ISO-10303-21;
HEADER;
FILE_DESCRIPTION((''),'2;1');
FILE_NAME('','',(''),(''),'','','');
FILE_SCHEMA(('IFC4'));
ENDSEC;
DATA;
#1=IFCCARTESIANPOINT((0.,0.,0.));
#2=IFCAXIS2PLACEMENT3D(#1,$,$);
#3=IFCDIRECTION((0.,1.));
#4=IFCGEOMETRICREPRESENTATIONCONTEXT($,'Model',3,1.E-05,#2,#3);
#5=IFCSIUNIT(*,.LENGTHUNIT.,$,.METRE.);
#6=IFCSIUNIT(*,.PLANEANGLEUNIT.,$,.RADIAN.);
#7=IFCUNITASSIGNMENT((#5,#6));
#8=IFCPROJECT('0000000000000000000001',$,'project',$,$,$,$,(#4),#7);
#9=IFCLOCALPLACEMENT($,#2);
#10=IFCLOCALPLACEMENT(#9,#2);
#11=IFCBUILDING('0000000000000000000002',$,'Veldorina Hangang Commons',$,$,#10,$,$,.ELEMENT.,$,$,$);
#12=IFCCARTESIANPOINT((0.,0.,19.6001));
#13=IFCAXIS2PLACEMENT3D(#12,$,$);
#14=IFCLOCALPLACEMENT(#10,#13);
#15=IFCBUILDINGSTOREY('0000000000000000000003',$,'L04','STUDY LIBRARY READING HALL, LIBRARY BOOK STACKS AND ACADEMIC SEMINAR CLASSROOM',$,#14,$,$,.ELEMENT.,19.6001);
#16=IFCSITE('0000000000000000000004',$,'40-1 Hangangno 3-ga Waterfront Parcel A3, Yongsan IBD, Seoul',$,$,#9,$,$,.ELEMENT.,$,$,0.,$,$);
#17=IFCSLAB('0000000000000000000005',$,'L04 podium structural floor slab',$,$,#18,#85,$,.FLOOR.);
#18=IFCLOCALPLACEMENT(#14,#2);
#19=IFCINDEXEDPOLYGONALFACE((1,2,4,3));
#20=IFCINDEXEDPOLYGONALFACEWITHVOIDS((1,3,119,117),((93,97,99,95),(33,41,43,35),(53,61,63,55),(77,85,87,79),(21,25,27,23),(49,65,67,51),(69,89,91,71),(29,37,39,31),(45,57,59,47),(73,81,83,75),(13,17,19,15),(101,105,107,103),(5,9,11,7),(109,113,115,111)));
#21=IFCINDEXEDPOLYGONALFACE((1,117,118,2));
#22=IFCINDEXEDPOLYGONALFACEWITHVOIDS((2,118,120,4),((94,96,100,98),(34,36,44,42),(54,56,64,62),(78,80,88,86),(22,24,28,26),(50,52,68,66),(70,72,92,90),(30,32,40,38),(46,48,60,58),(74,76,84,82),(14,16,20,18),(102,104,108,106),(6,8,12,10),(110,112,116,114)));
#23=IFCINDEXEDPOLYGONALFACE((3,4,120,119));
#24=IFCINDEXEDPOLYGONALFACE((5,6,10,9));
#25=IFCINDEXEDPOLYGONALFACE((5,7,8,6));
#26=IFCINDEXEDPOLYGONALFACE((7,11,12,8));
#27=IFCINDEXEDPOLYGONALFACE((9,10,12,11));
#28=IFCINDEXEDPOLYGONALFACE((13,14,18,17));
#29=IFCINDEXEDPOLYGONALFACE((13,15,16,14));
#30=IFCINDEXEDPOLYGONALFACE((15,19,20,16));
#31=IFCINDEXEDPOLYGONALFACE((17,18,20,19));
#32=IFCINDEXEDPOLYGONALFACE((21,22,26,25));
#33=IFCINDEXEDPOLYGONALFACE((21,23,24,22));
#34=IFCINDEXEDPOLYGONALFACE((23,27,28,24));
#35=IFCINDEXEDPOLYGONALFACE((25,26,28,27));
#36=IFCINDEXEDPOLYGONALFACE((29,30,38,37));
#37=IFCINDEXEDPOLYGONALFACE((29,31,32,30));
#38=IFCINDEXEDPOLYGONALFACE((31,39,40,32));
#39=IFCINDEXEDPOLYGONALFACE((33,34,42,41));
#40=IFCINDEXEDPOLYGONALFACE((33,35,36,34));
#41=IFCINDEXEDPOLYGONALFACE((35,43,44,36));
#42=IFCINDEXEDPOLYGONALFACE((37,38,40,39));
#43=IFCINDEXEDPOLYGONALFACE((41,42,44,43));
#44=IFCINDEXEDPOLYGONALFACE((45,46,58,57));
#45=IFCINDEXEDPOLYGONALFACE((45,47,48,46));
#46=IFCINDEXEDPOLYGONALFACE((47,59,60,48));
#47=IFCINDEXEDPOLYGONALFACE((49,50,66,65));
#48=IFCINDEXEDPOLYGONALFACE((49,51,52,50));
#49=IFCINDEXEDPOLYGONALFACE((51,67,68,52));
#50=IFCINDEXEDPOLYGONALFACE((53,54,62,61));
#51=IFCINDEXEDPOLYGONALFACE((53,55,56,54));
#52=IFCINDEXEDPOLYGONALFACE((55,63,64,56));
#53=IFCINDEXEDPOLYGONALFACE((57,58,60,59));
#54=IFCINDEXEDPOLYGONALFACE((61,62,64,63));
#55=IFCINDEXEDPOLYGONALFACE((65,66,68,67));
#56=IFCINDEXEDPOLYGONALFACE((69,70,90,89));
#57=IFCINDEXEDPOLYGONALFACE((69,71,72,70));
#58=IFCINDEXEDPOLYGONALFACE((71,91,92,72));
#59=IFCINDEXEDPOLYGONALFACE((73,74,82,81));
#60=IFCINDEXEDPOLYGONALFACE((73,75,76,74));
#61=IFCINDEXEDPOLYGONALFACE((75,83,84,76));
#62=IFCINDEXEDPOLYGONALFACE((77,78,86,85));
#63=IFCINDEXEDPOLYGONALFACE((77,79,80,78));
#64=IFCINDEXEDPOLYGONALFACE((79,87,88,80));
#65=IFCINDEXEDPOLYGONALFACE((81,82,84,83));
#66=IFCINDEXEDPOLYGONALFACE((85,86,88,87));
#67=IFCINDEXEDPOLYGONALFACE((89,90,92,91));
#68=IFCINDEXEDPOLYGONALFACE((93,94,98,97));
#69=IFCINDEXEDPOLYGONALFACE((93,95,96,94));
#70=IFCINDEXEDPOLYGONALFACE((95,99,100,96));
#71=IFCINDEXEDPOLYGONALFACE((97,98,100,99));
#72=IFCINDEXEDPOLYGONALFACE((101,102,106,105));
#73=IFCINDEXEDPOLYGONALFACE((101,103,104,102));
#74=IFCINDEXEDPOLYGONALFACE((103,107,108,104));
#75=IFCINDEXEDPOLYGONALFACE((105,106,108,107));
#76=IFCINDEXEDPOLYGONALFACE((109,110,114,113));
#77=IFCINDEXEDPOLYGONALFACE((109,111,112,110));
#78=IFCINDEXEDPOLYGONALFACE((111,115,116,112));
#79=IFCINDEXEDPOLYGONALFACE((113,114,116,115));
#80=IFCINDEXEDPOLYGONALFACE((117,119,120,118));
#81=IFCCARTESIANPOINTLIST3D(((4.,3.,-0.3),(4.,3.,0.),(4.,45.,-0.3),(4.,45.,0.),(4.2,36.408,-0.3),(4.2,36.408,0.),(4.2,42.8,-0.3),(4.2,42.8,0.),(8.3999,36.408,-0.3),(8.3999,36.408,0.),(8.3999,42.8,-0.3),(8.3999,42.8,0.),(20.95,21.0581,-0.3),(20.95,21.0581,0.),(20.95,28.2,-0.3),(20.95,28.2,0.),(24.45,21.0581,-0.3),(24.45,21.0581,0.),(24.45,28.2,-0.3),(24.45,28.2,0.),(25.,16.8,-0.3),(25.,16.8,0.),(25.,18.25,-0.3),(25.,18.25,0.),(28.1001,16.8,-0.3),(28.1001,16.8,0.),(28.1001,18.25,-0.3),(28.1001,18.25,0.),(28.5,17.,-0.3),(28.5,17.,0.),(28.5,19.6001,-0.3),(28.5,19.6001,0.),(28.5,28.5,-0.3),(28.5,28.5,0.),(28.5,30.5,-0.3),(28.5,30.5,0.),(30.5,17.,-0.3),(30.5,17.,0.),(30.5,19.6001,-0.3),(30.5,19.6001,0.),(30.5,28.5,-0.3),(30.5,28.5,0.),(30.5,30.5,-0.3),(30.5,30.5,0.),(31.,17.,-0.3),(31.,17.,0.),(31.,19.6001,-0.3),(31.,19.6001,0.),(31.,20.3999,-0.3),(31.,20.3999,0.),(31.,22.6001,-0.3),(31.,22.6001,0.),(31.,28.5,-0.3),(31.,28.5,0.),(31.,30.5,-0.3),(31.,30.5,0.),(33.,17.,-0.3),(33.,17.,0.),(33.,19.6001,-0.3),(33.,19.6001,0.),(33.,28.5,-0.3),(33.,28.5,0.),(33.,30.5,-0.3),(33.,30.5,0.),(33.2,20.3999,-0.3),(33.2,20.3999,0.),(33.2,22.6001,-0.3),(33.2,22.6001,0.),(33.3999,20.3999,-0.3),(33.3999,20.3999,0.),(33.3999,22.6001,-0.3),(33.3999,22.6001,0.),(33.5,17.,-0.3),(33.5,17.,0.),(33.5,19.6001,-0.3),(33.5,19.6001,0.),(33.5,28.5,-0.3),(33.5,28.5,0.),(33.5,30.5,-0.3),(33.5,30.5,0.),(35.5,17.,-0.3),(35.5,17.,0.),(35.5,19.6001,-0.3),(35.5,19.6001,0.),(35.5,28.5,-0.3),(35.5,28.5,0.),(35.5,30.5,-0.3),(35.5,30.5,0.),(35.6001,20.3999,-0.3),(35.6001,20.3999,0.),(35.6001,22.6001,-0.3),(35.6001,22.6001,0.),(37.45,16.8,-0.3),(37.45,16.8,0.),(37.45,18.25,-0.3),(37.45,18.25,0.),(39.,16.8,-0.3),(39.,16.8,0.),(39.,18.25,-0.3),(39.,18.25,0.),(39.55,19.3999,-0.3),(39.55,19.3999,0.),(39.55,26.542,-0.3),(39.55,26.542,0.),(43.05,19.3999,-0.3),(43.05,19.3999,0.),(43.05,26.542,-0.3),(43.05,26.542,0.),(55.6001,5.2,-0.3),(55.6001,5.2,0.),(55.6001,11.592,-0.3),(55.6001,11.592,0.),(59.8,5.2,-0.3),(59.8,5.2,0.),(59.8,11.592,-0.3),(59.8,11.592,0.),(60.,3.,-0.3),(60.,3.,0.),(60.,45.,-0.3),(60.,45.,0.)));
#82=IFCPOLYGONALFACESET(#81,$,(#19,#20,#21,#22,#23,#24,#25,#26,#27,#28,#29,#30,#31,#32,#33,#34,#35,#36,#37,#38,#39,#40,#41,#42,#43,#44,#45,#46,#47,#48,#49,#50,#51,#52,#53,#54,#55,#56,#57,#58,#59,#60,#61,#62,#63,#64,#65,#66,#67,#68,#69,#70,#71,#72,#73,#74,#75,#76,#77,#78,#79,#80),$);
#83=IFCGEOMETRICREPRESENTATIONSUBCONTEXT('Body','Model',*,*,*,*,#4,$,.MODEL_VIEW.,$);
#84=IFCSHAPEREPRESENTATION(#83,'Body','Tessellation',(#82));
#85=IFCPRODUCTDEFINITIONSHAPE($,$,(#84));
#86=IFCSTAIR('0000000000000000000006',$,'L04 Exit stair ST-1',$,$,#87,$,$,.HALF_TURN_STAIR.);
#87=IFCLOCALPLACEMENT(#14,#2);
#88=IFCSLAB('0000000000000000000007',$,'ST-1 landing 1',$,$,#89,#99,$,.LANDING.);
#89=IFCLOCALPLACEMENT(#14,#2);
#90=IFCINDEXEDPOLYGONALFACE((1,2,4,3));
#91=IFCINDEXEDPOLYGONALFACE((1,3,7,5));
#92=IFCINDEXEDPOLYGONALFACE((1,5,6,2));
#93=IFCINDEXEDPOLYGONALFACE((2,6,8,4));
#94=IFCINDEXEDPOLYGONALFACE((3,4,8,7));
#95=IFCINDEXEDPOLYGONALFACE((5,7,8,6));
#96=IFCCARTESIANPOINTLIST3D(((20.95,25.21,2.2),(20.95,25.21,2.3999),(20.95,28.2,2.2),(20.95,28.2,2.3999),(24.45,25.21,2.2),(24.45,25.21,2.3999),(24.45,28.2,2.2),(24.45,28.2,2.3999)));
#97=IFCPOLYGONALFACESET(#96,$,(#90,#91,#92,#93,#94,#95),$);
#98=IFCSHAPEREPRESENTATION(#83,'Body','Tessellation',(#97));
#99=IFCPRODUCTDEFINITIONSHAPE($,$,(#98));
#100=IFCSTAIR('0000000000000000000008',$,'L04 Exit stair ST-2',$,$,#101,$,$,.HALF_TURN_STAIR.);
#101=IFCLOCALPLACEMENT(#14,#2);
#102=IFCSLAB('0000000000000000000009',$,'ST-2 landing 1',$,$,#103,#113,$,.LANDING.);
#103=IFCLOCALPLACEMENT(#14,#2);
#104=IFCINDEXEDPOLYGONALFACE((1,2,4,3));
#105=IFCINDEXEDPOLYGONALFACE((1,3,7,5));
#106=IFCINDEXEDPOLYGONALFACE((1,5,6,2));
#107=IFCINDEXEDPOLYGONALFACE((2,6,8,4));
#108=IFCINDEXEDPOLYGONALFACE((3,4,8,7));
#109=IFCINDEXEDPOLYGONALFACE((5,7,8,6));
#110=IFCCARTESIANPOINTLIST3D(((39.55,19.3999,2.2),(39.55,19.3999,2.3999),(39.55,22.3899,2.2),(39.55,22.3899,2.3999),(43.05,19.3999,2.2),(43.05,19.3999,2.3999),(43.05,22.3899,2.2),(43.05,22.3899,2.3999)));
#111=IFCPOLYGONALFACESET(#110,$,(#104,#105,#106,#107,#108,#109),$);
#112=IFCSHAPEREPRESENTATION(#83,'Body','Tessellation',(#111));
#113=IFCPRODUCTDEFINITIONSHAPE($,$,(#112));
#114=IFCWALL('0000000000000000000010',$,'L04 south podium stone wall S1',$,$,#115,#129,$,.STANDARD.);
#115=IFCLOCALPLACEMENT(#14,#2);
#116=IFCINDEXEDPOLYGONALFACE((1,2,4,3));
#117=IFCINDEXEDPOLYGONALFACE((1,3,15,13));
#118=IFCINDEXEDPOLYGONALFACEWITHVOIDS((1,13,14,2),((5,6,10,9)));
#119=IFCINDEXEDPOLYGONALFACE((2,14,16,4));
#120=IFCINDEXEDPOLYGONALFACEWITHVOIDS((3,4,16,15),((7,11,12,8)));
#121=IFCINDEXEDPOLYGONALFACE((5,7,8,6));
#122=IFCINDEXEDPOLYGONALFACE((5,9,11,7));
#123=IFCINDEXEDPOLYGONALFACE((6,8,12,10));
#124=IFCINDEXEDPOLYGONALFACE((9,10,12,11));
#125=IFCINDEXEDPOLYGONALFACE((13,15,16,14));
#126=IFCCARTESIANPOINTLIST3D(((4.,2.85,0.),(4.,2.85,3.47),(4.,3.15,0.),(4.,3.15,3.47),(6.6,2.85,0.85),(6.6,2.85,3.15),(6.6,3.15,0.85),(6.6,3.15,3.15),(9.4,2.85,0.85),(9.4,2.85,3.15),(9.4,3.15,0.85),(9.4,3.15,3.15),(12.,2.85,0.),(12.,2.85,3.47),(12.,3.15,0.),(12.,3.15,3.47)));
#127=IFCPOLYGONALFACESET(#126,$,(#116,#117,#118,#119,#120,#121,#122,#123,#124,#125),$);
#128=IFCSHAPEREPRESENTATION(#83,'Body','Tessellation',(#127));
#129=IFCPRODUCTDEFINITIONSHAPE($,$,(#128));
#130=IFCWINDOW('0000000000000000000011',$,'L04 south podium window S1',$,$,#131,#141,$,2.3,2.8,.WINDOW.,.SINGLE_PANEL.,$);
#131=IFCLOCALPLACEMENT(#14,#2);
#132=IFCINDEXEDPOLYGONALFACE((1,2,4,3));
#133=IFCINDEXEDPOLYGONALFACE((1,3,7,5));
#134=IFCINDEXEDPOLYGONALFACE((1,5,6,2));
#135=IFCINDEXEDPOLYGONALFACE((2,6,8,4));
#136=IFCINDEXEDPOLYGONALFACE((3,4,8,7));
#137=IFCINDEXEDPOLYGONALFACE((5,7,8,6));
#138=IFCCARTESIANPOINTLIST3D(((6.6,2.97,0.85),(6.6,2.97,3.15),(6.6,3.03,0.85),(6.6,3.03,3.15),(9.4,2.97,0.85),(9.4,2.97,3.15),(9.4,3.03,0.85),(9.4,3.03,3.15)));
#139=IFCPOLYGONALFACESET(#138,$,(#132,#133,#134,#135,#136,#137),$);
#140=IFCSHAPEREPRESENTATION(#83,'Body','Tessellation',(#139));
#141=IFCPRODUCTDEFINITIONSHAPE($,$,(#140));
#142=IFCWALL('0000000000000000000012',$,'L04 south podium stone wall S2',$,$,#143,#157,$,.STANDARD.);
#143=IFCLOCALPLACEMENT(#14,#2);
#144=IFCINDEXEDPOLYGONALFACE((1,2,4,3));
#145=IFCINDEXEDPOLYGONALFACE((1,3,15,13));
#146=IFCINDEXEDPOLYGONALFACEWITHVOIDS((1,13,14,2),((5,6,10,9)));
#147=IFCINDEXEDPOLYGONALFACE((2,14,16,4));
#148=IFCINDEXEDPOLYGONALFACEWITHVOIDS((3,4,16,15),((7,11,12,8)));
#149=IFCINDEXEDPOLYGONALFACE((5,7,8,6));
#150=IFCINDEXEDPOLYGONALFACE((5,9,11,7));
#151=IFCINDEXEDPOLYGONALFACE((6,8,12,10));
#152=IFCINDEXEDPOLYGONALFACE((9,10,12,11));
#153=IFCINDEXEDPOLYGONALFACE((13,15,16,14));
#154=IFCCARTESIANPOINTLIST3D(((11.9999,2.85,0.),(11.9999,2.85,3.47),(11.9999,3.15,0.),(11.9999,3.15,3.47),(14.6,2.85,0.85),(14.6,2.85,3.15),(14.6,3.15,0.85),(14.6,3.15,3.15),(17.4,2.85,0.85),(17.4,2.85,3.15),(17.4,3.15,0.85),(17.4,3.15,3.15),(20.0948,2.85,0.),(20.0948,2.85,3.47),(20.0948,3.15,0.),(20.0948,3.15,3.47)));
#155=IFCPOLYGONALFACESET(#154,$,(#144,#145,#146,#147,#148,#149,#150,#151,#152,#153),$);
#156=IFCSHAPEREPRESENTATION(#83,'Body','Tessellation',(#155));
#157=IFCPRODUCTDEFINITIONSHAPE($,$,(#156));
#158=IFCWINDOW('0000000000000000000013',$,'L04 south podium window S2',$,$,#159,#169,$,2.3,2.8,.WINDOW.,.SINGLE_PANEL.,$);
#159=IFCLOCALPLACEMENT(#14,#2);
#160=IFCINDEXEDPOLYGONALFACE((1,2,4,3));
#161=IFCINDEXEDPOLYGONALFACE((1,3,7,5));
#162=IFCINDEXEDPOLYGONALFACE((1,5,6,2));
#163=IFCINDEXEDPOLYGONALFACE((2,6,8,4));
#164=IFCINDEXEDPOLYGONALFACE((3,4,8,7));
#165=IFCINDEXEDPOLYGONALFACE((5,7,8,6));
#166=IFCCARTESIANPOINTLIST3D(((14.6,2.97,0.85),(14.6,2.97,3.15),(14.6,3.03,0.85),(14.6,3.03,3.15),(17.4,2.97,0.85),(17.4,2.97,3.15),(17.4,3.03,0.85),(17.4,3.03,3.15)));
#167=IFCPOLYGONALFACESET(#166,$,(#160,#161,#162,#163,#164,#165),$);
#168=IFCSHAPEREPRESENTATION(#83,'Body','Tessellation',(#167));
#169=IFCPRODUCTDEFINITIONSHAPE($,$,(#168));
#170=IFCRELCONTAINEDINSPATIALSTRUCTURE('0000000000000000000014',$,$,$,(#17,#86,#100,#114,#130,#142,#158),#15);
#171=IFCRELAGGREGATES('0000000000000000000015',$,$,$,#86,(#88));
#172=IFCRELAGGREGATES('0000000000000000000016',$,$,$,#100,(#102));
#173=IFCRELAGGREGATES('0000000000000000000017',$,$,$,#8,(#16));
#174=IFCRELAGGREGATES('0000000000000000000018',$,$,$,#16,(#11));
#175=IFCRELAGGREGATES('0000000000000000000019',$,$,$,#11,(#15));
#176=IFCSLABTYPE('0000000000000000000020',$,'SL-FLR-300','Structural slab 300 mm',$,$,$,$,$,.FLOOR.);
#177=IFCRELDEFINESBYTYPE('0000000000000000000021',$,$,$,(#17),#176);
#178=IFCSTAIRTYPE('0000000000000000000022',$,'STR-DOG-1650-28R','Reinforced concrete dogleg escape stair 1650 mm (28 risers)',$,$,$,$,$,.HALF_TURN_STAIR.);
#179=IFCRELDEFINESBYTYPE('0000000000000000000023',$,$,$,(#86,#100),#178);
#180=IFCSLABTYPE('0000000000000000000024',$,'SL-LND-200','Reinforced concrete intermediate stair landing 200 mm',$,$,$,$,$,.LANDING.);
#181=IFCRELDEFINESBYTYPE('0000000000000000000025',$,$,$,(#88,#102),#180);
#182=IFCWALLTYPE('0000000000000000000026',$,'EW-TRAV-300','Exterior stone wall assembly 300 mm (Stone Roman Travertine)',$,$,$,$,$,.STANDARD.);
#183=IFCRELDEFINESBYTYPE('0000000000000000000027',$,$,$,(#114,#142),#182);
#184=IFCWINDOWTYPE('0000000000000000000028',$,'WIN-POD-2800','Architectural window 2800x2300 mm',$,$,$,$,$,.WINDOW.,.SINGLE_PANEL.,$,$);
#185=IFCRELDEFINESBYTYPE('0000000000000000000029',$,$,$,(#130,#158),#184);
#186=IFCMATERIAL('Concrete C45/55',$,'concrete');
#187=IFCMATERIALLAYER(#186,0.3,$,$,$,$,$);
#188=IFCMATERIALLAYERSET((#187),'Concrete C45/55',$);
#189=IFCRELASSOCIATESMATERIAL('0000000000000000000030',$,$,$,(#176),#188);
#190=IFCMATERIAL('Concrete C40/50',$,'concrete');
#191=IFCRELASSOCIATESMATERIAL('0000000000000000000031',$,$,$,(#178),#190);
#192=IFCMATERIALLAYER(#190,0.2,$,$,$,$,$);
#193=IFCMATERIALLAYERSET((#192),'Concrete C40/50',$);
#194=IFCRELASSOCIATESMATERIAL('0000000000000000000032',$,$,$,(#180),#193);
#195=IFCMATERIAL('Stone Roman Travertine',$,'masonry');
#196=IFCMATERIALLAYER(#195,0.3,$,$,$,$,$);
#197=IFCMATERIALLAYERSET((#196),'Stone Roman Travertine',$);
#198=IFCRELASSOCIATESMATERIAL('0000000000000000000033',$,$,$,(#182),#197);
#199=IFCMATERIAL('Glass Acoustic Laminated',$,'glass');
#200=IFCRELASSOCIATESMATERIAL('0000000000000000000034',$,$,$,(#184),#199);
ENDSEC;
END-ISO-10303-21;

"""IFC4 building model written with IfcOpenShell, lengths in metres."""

from ifc_helpers import new_model, si_unit, direction, frame, frame_2d, origin, place, context, subcontext, project, spatial, polyline, rectangle, outline, extrude, material, layer, layer_set, type_object, element, fill, aggregate, save


model = new_model("IFC4")

# Units and contexts
model_context = context("Model", 3, precision=1e-05, world=origin(), true_north=direction((0.0, 1.0)))
body_context = subcontext(model_context, "Body", "Model", "MODEL_VIEW")
ifc_project = project(units=[si_unit("LENGTHUNIT", "METRE"), si_unit("PLANEANGLEUNIT", "RADIAN")], contexts=[model_context])

# Site, building, storey
site_placement = place(None, origin())
site = spatial("IfcSite", under=ifc_project, at=site_placement, Name="40-1 Hangangno 3-ga Waterfront Parcel A3, Yongsan IBD, Seoul", CompositionType="ELEMENT", RefElevation=0.0)
building_placement = place(site_placement, origin())
building = spatial("IfcBuilding", under=site, at=building_placement, Name="Veldorina Hangang Commons", CompositionType="ELEMENT")
storey_placement = place(building_placement, frame((0.0, 0.0, 19.6001)))
storey = spatial("IfcBuildingStorey", under=building, at=storey_placement, Name="L04", Description="STUDY LIBRARY READING HALL, LIBRARY BOOK STACKS AND ACADEMIC SEMINAR CLASSROOM", CompositionType="ELEMENT", Elevation=19.6001)

# Slab
ifc_material_1 = material(Name="Concrete C45/55", Category="concrete")
ifc_layer_1 = layer(ifc_material_1, 0.3)
ifc_layer_set_1 = layer_set([ifc_layer_1], Name="Concrete C45/55")
slab_type_1 = type_object("IfcSlabType", Name="SL-FLR-300", Description="Structural slab 300 mm", PredefinedType="FLOOR", material=ifc_layer_set_1)
slab_1_placement = place(storey_placement, frame((0.0, 0.0, -0.3)))
element("IfcSlab", 1, at=slab_1_placement, inside=storey, type_object=slab_type_1, Name="L04 podium structural floor slab", PredefinedType="FLOOR", context=body_context, shape_type="SweptSolid", body=[
    extrude(outline(polyline([(4.0, 3.0), (60.0, 3.0), (60.0, 45.0), (4.0, 45.0), (4.0, 3.0)]), holes=[polyline([(20.95, 21.0581), (20.95, 28.2), (24.45, 28.2), (24.45, 21.0581), (20.95, 21.0581)]), polyline([(43.05, 26.542), (43.05, 19.3999), (39.55, 19.3999), (39.55, 26.542), (43.05, 26.542)]), polyline([(4.2, 36.408), (4.2, 42.8), (8.3999, 42.8), (8.3999, 36.408), (4.2, 36.408)]), polyline([(59.8, 11.592), (59.8, 5.2), (55.6001, 5.2), (55.6001, 11.592), (59.8, 11.592)]), polyline([(28.5, 30.5), (30.5, 30.5), (30.5, 28.5), (28.5, 28.5), (28.5, 30.5)]), polyline([(31.0, 30.5), (33.0, 30.5), (33.0, 28.5), (31.0, 28.5), (31.0, 30.5)]), polyline([(33.5, 30.5), (35.5, 30.5), (35.5, 28.5), (33.5, 28.5), (33.5, 30.5)]), polyline([(31.0, 22.6001), (33.2, 22.6001), (33.2, 20.3999), (31.0, 20.3999), (31.0, 22.6001)]), polyline([(33.3999, 22.6001), (35.6001, 22.6001), (35.6001, 20.3999), (33.3999, 20.3999), (33.3999, 22.6001)]), polyline([(28.5, 19.6001), (30.5, 19.6001), (30.5, 17.0), (28.5, 17.0), (28.5, 19.6001)]), polyline([(31.0, 19.6001), (33.0, 19.6001), (33.0, 17.0), (31.0, 17.0), (31.0, 19.6001)]), polyline([(33.5, 19.6001), (35.5, 19.6001), (35.5, 17.0), (33.5, 17.0), (33.5, 19.6001)]), polyline([(25.0, 18.25), (28.1001, 18.25), (28.1001, 16.8), (25.0, 16.8), (25.0, 18.25)]), polyline([(37.45, 18.25), (39.0, 18.25), (39.0, 16.8), (37.45, 16.8), (37.45, 18.25)])]), origin(), (0.0, 0.0, 1.0), 0.3),
])

# Stairs, slabs
ifc_material_2 = material(Name="Concrete C40/50", Category="concrete")
stair_type = type_object("IfcStairType", Name="STR-DOG-1650-28R", Description="Reinforced concrete dogleg escape stair 1650 mm (28 risers)", PredefinedType="HALF_TURN_STAIR", material=ifc_material_2)
stair_1_placement = place(storey_placement, origin())
stair_1 = element("IfcStair", 2, at=stair_1_placement, inside=storey, type_object=stair_type, Name="L04 Exit stair ST-1", PredefinedType="HALF_TURN_STAIR")
ifc_layer_2 = layer(ifc_material_2, 0.2)
ifc_layer_set_2 = layer_set([ifc_layer_2], Name="Concrete C40/50")
slab_type_2 = type_object("IfcSlabType", Name="SL-LND-200", Description="Reinforced concrete intermediate stair landing 200 mm", PredefinedType="LANDING", material=ifc_layer_set_2)
slab_2_placement = place(storey_placement, frame((0.0, 0.0, 2.2)))
slab_2 = element("IfcSlab", 3, at=slab_2_placement, type_object=slab_type_2, Name="ST-1 landing 1", PredefinedType="LANDING", context=body_context, shape_type="SweptSolid", body=[
    extrude(outline(polyline([(24.45, 25.21), (24.45, 28.2), (20.95, 28.2), (20.95, 25.21), (24.45, 25.21)])), origin(), (0.0, 0.0, 1.0), 0.2),
])
aggregate(stair_1, [slab_2])
stair_2_placement = place(storey_placement, origin())
stair_2 = element("IfcStair", 4, at=stair_2_placement, inside=storey, type_object=stair_type, Name="L04 Exit stair ST-2", PredefinedType="HALF_TURN_STAIR")
slab_3_placement = place(storey_placement, frame((0.0, 0.0, 2.2)))
slab_3 = element("IfcSlab", 5, at=slab_3_placement, type_object=slab_type_2, Name="ST-2 landing 1", PredefinedType="LANDING", context=body_context, shape_type="SweptSolid", body=[
    extrude(outline(polyline([(39.55, 22.3899), (39.55, 19.3999), (43.05, 19.3999), (43.05, 22.3899), (39.55, 22.3899)])), origin(), (0.0, 0.0, 1.0), 0.2),
])
aggregate(stair_2, [slab_3])

# Walls, openings, windows
ifc_material_3 = material(Name="Stone Roman Travertine", Category="masonry")
ifc_layer_3 = layer(ifc_material_3, 0.3)
ifc_layer_set_3 = layer_set([ifc_layer_3], Name="Stone Roman Travertine")
wall_type = type_object("IfcWallType", Name="EW-TRAV-300", Description="Exterior stone wall assembly 300 mm (Stone Roman Travertine)", PredefinedType="STANDARD", material=ifc_layer_set_3)
wall_1_placement = place(storey_placement, frame((4.0, 3.0, 0.0), z_axis=(0.0, 0.0, 1.0), x_axis=(1.0, 0.0, 0.0)))
wall_1 = element("IfcWall", 6, at=wall_1_placement, inside=storey, type_object=wall_type, Name="L04 south podium stone wall S1", PredefinedType="STANDARD", context=body_context, shape_type="SweptSolid", body=[
    extrude(rectangle(XDim=8.0, YDim=0.3, at=frame_2d((4.0, 0.0))), origin(), (0.0, 0.0, 1.0), 3.47),
])
opening_1_placement = place(wall_1_placement, frame((2.6001, 0.0, 0.8501)))
opening_1 = element("IfcOpeningElement", 7, at=opening_1_placement, cuts=wall_1, PredefinedType="OPENING", context=body_context, shape_type="SweptSolid", body=[
    extrude(rectangle(XDim=2.8, YDim=2.3, at=frame_2d((1.3999, 1.1499))), frame((0.0, 0.1602, 0.0), z_axis=(0.0, -1.0, 0.0), x_axis=(1.0, 0.0, 0.0)), (0.0, 0.0, 1.0), 0.3201),
])
ifc_material_4 = material(Name="Glass Acoustic Laminated", Category="glass")
window_type = type_object("IfcWindowType", Name="WIN-POD-2800", Description="Architectural window 2800x2300 mm", PartitioningType="SINGLE_PANEL", PredefinedType="WINDOW", material=ifc_material_4)
window_1_placement = place(opening_1_placement, origin())
window_1 = element("IfcWindow", 8, at=window_1_placement, inside=storey, type_object=window_type, Name="L04 south podium window S1", OverallHeight=2.3, OverallWidth=2.8, PartitioningType="SINGLE_PANEL", PredefinedType="WINDOW", context=body_context, shape_type="SweptSolid", body=[
    extrude(rectangle(XDim=2.8, YDim=2.3, at=frame_2d((1.3999, 1.1499))), frame((0.0, 0.03, 0.0), z_axis=(0.0, -1.0, 0.0), x_axis=(1.0, 0.0, 0.0)), (0.0, 0.0, 1.0), 0.0601),
])
fill(opening_1, window_1)
wall_2_placement = place(storey_placement, frame((12.0, 3.0, 0.0), z_axis=(0.0, 0.0, 1.0), x_axis=(1.0, 0.0, 0.0)))
wall_2 = element("IfcWall", 9, at=wall_2_placement, inside=storey, type_object=wall_type, Name="L04 south podium stone wall S2", PredefinedType="STANDARD", context=body_context, shape_type="SweptSolid", body=[
    extrude(rectangle(XDim=8.095, YDim=0.3, at=frame_2d((4.0474, 0.0))), origin(), (0.0, 0.0, 1.0), 3.47),
])
opening_2_placement = place(wall_2_placement, frame((2.6001, 0.0, 0.8501)))
opening_2 = element("IfcOpeningElement", 10, at=opening_2_placement, cuts=wall_2, PredefinedType="OPENING", context=body_context, shape_type="SweptSolid", body=[
    extrude(rectangle(XDim=2.8, YDim=2.3, at=frame_2d((1.3999, 1.1499))), frame((0.0, 0.1602, 0.0), z_axis=(0.0, -1.0, 0.0), x_axis=(1.0, 0.0, 0.0)), (0.0, 0.0, 1.0), 0.3201),
])
window_2_placement = place(opening_2_placement, origin())
window_2 = element("IfcWindow", 11, at=window_2_placement, inside=storey, type_object=window_type, Name="L04 south podium window S2", OverallHeight=2.3, OverallWidth=2.8, PartitioningType="SINGLE_PANEL", PredefinedType="WINDOW", context=body_context, shape_type="SweptSolid", body=[
    extrude(rectangle(XDim=2.8, YDim=2.3, at=frame_2d((1.3999, 1.1499))), frame((0.0, 0.03, 0.0), z_axis=(0.0, -1.0, 0.0), x_axis=(1.0, 0.0, 0.0)), (0.0, 0.0, 1.0), 0.0601),
])
fill(opening_2, window_2)

save(model, "model.ifc")
